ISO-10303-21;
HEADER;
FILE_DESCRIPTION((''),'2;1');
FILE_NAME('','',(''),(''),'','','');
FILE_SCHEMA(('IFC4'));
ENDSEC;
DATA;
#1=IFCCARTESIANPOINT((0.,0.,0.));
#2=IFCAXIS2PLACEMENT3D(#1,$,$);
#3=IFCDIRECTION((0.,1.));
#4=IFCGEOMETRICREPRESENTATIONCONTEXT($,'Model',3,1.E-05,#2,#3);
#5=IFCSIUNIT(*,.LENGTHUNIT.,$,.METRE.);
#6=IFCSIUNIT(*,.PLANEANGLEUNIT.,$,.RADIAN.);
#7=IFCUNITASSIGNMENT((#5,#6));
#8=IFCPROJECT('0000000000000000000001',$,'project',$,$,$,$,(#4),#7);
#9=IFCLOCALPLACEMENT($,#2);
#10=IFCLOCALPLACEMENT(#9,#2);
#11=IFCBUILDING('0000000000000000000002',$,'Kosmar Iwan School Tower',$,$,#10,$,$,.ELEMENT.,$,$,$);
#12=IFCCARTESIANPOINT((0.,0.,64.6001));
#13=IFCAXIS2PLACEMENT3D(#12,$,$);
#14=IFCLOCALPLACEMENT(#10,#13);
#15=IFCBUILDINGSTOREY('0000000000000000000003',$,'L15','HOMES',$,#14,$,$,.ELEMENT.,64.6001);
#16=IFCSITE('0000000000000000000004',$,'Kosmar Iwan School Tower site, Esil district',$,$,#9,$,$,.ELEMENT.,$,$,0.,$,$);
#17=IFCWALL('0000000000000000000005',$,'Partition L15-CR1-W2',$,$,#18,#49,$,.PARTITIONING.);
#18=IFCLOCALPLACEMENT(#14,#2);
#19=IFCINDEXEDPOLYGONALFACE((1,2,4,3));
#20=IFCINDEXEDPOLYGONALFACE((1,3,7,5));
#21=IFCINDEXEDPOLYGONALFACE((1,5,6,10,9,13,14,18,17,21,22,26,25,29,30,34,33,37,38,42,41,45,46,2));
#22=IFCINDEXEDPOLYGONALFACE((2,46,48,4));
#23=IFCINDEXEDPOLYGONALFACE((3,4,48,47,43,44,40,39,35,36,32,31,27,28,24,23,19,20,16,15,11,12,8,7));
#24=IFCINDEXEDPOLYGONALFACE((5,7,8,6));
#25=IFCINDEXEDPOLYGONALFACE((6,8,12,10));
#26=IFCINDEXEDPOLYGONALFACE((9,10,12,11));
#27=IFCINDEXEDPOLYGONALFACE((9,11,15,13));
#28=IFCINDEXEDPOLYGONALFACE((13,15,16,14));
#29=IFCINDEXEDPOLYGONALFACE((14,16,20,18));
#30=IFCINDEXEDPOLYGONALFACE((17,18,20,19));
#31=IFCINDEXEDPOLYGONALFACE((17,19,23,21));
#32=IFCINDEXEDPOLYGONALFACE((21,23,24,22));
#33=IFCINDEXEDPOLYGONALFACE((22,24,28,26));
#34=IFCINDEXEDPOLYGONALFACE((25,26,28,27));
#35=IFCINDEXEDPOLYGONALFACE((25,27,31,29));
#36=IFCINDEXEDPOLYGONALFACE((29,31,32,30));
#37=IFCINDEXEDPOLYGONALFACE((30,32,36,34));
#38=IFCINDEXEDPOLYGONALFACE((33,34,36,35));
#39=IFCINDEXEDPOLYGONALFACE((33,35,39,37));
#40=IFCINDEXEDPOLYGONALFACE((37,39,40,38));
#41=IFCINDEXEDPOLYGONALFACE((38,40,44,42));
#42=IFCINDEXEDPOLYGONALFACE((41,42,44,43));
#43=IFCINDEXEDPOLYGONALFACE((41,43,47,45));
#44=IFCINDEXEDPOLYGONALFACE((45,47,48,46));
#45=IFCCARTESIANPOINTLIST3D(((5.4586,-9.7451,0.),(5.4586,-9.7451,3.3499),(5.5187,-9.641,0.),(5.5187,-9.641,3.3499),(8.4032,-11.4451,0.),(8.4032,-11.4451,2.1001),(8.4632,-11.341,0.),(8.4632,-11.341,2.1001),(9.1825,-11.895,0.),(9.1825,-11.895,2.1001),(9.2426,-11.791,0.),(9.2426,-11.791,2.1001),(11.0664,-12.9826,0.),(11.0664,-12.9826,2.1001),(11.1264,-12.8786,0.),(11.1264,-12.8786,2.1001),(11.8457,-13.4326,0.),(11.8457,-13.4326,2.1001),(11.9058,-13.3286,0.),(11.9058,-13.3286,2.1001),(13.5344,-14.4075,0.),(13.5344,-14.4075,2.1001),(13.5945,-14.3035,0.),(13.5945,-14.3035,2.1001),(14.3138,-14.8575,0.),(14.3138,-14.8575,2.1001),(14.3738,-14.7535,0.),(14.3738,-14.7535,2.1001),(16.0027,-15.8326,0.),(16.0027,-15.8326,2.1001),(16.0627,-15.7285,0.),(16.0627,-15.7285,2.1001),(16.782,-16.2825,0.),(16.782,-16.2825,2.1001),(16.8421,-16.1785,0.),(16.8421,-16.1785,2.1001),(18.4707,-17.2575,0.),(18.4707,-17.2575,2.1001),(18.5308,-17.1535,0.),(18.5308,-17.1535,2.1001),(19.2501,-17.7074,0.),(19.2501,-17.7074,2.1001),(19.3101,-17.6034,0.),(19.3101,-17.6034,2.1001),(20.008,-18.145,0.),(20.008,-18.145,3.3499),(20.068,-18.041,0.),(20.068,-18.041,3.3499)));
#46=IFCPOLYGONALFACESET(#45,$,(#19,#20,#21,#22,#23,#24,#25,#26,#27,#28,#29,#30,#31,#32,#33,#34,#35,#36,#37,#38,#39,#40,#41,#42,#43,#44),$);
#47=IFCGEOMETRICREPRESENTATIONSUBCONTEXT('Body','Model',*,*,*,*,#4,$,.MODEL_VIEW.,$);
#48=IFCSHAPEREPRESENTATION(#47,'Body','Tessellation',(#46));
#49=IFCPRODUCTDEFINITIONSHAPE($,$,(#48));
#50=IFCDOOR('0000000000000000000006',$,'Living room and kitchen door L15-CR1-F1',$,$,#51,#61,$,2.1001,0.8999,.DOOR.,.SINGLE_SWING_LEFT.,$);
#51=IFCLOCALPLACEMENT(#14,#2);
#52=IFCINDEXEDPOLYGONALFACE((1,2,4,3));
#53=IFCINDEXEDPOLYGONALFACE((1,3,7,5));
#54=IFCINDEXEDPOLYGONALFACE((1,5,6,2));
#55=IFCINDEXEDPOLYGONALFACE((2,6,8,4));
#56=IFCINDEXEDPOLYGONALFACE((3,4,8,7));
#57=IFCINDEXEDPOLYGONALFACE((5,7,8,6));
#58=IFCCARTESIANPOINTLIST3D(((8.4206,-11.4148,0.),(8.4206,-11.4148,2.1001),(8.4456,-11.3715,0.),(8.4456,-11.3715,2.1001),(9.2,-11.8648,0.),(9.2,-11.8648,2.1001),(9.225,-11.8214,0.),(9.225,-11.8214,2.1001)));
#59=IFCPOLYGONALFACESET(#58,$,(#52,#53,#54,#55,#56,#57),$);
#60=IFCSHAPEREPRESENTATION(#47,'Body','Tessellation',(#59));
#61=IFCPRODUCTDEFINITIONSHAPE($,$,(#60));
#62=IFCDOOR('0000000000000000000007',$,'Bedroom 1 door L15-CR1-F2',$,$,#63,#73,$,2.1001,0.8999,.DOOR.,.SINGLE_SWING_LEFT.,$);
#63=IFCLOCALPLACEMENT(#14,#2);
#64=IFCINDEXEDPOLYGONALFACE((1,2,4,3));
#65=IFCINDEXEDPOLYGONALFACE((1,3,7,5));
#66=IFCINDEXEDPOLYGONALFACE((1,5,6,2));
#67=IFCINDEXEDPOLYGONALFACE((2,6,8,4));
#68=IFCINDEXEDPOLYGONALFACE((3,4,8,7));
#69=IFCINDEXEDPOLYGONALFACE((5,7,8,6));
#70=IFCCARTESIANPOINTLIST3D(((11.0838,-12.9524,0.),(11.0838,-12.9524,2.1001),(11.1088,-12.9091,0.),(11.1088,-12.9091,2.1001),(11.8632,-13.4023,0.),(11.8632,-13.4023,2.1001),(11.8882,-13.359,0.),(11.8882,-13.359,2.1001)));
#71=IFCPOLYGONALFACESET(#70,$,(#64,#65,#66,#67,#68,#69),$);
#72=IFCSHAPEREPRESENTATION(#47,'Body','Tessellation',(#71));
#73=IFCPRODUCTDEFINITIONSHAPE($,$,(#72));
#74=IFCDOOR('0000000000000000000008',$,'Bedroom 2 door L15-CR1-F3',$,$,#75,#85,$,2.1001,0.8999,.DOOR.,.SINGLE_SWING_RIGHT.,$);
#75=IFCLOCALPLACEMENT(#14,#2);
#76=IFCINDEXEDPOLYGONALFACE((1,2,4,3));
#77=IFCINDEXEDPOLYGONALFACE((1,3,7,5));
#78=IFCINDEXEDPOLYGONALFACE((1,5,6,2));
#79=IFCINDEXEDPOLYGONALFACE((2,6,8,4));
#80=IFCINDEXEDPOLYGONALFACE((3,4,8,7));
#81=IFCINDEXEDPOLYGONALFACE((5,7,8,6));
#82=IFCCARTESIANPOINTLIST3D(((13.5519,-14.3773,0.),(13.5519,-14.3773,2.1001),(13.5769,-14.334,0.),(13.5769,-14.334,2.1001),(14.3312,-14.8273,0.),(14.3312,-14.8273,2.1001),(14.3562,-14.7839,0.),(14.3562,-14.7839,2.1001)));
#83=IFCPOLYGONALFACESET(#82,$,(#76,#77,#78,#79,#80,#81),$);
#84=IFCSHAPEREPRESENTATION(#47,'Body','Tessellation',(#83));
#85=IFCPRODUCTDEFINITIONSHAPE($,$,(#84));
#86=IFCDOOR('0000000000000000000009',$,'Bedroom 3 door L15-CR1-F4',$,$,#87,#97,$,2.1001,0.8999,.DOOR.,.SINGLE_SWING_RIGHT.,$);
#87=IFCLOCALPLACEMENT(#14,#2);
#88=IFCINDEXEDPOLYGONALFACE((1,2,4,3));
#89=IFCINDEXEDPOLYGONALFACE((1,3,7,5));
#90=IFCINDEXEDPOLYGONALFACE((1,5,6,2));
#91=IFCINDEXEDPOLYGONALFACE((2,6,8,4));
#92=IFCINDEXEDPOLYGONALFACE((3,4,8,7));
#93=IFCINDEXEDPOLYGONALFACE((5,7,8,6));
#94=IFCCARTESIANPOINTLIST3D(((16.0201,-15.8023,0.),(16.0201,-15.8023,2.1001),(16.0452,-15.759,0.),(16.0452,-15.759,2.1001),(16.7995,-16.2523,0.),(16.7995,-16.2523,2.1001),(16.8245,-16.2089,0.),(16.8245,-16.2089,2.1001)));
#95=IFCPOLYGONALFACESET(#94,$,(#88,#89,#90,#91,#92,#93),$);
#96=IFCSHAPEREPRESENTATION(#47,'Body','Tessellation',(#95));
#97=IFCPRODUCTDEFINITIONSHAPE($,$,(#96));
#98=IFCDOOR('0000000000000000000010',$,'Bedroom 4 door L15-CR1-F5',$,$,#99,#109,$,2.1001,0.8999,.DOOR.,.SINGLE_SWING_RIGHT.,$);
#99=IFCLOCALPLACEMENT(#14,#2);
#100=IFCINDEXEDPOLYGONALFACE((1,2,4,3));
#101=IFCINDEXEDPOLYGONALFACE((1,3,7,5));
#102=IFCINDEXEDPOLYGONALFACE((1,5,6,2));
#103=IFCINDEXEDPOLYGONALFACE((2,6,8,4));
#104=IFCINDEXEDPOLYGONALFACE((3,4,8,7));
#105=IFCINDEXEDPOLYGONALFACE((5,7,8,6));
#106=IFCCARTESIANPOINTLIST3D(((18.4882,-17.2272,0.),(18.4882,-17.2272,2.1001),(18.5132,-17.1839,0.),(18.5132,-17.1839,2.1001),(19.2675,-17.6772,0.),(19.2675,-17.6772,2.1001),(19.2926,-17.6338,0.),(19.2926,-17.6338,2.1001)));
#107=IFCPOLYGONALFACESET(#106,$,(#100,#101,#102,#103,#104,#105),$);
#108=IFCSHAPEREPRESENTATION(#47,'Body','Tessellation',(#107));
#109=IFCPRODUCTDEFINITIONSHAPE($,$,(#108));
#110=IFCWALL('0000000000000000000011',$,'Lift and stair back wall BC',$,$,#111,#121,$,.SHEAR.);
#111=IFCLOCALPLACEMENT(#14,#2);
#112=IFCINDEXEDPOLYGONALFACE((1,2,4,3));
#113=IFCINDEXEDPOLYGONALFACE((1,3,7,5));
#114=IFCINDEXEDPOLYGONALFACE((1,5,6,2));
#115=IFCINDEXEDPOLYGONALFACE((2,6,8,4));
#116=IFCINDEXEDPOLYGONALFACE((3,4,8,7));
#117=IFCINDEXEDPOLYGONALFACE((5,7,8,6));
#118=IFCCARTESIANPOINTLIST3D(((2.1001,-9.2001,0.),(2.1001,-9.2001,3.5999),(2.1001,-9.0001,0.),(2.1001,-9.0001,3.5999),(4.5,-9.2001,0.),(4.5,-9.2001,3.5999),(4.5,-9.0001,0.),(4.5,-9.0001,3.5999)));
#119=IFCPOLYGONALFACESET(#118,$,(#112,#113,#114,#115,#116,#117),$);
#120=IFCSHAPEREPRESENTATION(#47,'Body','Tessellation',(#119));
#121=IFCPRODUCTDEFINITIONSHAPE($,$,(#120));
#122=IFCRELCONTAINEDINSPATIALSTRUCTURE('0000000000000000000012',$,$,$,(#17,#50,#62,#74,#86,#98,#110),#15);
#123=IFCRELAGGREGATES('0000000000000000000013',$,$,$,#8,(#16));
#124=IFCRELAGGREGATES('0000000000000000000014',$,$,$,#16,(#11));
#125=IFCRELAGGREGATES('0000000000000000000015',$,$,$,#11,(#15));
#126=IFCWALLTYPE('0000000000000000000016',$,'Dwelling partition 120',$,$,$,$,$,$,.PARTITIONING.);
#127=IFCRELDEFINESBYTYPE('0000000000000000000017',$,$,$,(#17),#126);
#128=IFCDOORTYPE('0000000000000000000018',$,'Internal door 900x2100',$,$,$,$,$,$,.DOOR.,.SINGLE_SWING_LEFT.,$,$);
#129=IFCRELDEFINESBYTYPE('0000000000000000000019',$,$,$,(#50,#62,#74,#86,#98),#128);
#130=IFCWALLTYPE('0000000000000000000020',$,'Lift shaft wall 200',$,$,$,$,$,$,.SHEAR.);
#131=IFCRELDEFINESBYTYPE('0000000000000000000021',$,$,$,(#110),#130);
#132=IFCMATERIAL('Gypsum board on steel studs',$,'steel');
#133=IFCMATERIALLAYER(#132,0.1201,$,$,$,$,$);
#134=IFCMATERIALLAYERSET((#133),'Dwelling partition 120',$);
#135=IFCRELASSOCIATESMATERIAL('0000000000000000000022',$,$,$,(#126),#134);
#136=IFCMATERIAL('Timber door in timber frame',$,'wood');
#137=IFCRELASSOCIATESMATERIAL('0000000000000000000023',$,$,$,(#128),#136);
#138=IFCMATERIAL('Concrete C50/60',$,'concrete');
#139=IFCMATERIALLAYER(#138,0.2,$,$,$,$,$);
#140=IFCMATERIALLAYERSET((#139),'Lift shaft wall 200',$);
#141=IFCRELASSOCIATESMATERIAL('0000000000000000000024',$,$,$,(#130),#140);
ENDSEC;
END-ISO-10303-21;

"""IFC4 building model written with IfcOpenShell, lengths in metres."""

from ifc_helpers import new_model, si_unit, direction, frame, frame_2d, origin, place, context, subcontext, project, spatial, rectangle, extrude, material, layer, layer_set, type_object, element, fill, save


model = new_model("IFC4")

# Units and contexts
model_context = context("Model", 3, precision=1e-05, world=origin(), true_north=direction((0.0, 1.0)))
body_context = subcontext(model_context, "Body", "Model", "MODEL_VIEW")
ifc_project = project(units=[si_unit("LENGTHUNIT", "METRE"), si_unit("PLANEANGLEUNIT", "RADIAN")], contexts=[model_context])

# Site, building, storey
site_placement = place(None, origin())
site = spatial("IfcSite", under=ifc_project, at=site_placement, Name="Kosmar Iwan School Tower site, Esil district", CompositionType="ELEMENT", RefElevation=0.0)
building_placement = place(site_placement, origin())
building = spatial("IfcBuilding", under=site, at=building_placement, Name="Kosmar Iwan School Tower", CompositionType="ELEMENT")
storey_placement = place(building_placement, frame((0.0, 0.0, 64.6001)))
storey = spatial("IfcBuildingStorey", under=building, at=storey_placement, Name="L15", Description="HOMES", CompositionType="ELEMENT", Elevation=64.6001)

# Wall, openings, doors
ifc_material_1 = material(Name="Gypsum board on steel studs", Category="steel")
ifc_layer_1 = layer(ifc_material_1, 0.1201)
ifc_layer_set_1 = layer_set([ifc_layer_1], Name="Dwelling partition 120")
wall_type_1 = type_object("IfcWallType", Name="Dwelling partition 120", PredefinedType="PARTITIONING", material=ifc_layer_set_1)
wall_1_placement = place(storey_placement, frame((5.4888, -9.6931, 0.0), z_axis=(0.0, 0.0, 1.0), x_axis=(0.866029, -0.499993, 0.0)))
wall_1 = element("IfcWall", 1, at=wall_1_placement, inside=storey, type_object=wall_type_1, Name="Partition L15-CR1-W2", PredefinedType="PARTITIONING", context=body_context, shape_type="SweptSolid", body=[
    extrude(rectangle(XDim=16.8, YDim=0.1201, at=frame_2d((8.3999, 0.0))), origin(), (0.0, 0.0, 1.0), 3.3499),
])
opening_1_placement = place(wall_1_placement, frame((3.3999, 0.0, 0.0)))
opening_1 = element("IfcOpeningElement", 2, at=opening_1_placement, cuts=wall_1, PredefinedType="OPENING", context=body_context, shape_type="SweptSolid", body=[
    extrude(rectangle(XDim=0.8999, YDim=2.1001, at=frame_2d((0.45, 1.05))), frame((0.0, 0.072, 0.0), z_axis=(0.0, -1.0, 0.0), x_axis=(1.0, 0.0, 0.0)), (0.0, 0.0, 1.0), 0.144),
])
opening_2_placement = place(wall_1_placement, frame((6.4751, 0.0, 0.0)))
opening_2 = element("IfcOpeningElement", 3, at=opening_2_placement, cuts=wall_1, PredefinedType="OPENING", context=body_context, shape_type="SweptSolid", body=[
    extrude(rectangle(XDim=0.8999, YDim=2.1001, at=frame_2d((0.45, 1.05))), frame((0.0, 0.072, 0.0), z_axis=(0.0, -1.0, 0.0), x_axis=(1.0, 0.0, 0.0)), (0.0, 0.0, 1.0), 0.144),
])
opening_3_placement = place(wall_1_placement, frame((9.325, 0.0, 0.0)))
opening_3 = element("IfcOpeningElement", 4, at=opening_3_placement, cuts=wall_1, PredefinedType="OPENING", context=body_context, shape_type="SweptSolid", body=[
    extrude(rectangle(XDim=0.8999, YDim=2.1001, at=frame_2d((0.45, 1.05))), frame((0.0, 0.072, 0.0), z_axis=(0.0, -1.0, 0.0), x_axis=(1.0, 0.0, 0.0)), (0.0, 0.0, 1.0), 0.144),
])
opening_4_placement = place(wall_1_placement, frame((12.175, 0.0, 0.0)))
opening_4 = element("IfcOpeningElement", 5, at=opening_4_placement, cuts=wall_1, PredefinedType="OPENING", context=body_context, shape_type="SweptSolid", body=[
    extrude(rectangle(XDim=0.8999, YDim=2.1001, at=frame_2d((0.45, 1.05))), frame((0.0, 0.072, 0.0), z_axis=(0.0, -1.0, 0.0), x_axis=(1.0, 0.0, 0.0)), (0.0, 0.0, 1.0), 0.144),
])
opening_5_placement = place(wall_1_placement, frame((15.0249, 0.0, 0.0)))
opening_5 = element("IfcOpeningElement", 6, at=opening_5_placement, cuts=wall_1, PredefinedType="OPENING", context=body_context, shape_type="SweptSolid", body=[
    extrude(rectangle(XDim=0.8999, YDim=2.1001, at=frame_2d((0.45, 1.05))), frame((0.0, 0.072, 0.0), z_axis=(0.0, -1.0, 0.0), x_axis=(1.0, 0.0, 0.0)), (0.0, 0.0, 1.0), 0.144),
])
ifc_material_2 = material(Name="Timber door in timber frame", Category="wood")
door_type = type_object("IfcDoorType", Name="Internal door 900x2100", OperationType="SINGLE_SWING_LEFT", PredefinedType="DOOR", material=ifc_material_2)
door_1_placement = place(opening_1_placement, origin())
door_1 = element("IfcDoor", 7, at=door_1_placement, inside=storey, type_object=door_type, Name="Living room and kitchen door L15-CR1-F1", OperationType="SINGLE_SWING_LEFT", OverallHeight=2.1001, OverallWidth=0.8999, PredefinedType="DOOR", context=body_context, shape_type="SweptSolid", body=[
    extrude(rectangle(XDim=0.8999, YDim=2.1001, at=frame_2d((0.45, 1.05))), frame((0.0, 0.0249, 0.0), z_axis=(0.0, -1.0, 0.0), x_axis=(1.0, 0.0, 0.0)), (0.0, 0.0, 1.0), 0.05),
])
fill(opening_1, door_1)
door_2_placement = place(opening_2_placement, origin())
door_2 = element("IfcDoor", 8, at=door_2_placement, inside=storey, type_object=door_type, Name="Bedroom 1 door L15-CR1-F2", OperationType="SINGLE_SWING_LEFT", OverallHeight=2.1001, OverallWidth=0.8999, PredefinedType="DOOR", context=body_context, shape_type="SweptSolid", body=[
    extrude(rectangle(XDim=0.8999, YDim=2.1001, at=frame_2d((0.45, 1.05))), frame((0.0, 0.0249, 0.0), z_axis=(0.0, -1.0, 0.0), x_axis=(1.0, 0.0, 0.0)), (0.0, 0.0, 1.0), 0.05),
])
fill(opening_2, door_2)
door_3_placement = place(opening_3_placement, origin())
door_3 = element("IfcDoor", 9, at=door_3_placement, inside=storey, type_object=door_type, Name="Bedroom 2 door L15-CR1-F3", OperationType="SINGLE_SWING_RIGHT", OverallHeight=2.1001, OverallWidth=0.8999, PredefinedType="DOOR", context=body_context, shape_type="SweptSolid", body=[
    extrude(rectangle(XDim=0.8999, YDim=2.1001, at=frame_2d((0.45, 1.05))), frame((0.0, 0.0249, 0.0), z_axis=(0.0, -1.0, 0.0), x_axis=(1.0, 0.0, 0.0)), (0.0, 0.0, 1.0), 0.05),
])
fill(opening_3, door_3)
door_4_placement = place(opening_4_placement, origin())
door_4 = element("IfcDoor", 10, at=door_4_placement, inside=storey, type_object=door_type, Name="Bedroom 3 door L15-CR1-F4", OperationType="SINGLE_SWING_RIGHT", OverallHeight=2.1001, OverallWidth=0.8999, PredefinedType="DOOR", context=body_context, shape_type="SweptSolid", body=[
    extrude(rectangle(XDim=0.8999, YDim=2.1001, at=frame_2d((0.45, 1.05))), frame((0.0, 0.0249, 0.0), z_axis=(0.0, -1.0, 0.0), x_axis=(1.0, 0.0, 0.0)), (0.0, 0.0, 1.0), 0.05),
])
fill(opening_4, door_4)
door_5_placement = place(opening_5_placement, origin())
door_5 = element("IfcDoor", 11, at=door_5_placement, inside=storey, type_object=door_type, Name="Bedroom 4 door L15-CR1-F5", OperationType="SINGLE_SWING_RIGHT", OverallHeight=2.1001, OverallWidth=0.8999, PredefinedType="DOOR", context=body_context, shape_type="SweptSolid", body=[
    extrude(rectangle(XDim=0.8999, YDim=2.1001, at=frame_2d((0.45, 1.05))), frame((0.0, 0.0249, 0.0), z_axis=(0.0, -1.0, 0.0), x_axis=(1.0, 0.0, 0.0)), (0.0, 0.0, 1.0), 0.05),
])
fill(opening_5, door_5)

# Wall
ifc_material_3 = material(Name="Concrete C50/60", Category="concrete")
ifc_layer_2 = layer(ifc_material_3, 0.2)
ifc_layer_set_2 = layer_set([ifc_layer_2], Name="Lift shaft wall 200")
wall_type_2 = type_object("IfcWallType", Name="Lift shaft wall 200", PredefinedType="SHEAR", material=ifc_layer_set_2)
wall_2_placement = place(storey_placement, frame((2.1001, -9.1001, 0.0), z_axis=(0.0, 0.0, 1.0), x_axis=(1.0, 0.0, 0.0)))
element("IfcWall", 12, at=wall_2_placement, inside=storey, type_object=wall_type_2, Name="Lift and stair back wall BC", PredefinedType="SHEAR", context=body_context, shape_type="SweptSolid", body=[
    extrude(rectangle(XDim=2.3999, YDim=0.2, at=frame_2d((1.2, 0.0))), origin(), (0.0, 0.0, 1.0), 3.5999),
])

save(model, "model.ifc")
